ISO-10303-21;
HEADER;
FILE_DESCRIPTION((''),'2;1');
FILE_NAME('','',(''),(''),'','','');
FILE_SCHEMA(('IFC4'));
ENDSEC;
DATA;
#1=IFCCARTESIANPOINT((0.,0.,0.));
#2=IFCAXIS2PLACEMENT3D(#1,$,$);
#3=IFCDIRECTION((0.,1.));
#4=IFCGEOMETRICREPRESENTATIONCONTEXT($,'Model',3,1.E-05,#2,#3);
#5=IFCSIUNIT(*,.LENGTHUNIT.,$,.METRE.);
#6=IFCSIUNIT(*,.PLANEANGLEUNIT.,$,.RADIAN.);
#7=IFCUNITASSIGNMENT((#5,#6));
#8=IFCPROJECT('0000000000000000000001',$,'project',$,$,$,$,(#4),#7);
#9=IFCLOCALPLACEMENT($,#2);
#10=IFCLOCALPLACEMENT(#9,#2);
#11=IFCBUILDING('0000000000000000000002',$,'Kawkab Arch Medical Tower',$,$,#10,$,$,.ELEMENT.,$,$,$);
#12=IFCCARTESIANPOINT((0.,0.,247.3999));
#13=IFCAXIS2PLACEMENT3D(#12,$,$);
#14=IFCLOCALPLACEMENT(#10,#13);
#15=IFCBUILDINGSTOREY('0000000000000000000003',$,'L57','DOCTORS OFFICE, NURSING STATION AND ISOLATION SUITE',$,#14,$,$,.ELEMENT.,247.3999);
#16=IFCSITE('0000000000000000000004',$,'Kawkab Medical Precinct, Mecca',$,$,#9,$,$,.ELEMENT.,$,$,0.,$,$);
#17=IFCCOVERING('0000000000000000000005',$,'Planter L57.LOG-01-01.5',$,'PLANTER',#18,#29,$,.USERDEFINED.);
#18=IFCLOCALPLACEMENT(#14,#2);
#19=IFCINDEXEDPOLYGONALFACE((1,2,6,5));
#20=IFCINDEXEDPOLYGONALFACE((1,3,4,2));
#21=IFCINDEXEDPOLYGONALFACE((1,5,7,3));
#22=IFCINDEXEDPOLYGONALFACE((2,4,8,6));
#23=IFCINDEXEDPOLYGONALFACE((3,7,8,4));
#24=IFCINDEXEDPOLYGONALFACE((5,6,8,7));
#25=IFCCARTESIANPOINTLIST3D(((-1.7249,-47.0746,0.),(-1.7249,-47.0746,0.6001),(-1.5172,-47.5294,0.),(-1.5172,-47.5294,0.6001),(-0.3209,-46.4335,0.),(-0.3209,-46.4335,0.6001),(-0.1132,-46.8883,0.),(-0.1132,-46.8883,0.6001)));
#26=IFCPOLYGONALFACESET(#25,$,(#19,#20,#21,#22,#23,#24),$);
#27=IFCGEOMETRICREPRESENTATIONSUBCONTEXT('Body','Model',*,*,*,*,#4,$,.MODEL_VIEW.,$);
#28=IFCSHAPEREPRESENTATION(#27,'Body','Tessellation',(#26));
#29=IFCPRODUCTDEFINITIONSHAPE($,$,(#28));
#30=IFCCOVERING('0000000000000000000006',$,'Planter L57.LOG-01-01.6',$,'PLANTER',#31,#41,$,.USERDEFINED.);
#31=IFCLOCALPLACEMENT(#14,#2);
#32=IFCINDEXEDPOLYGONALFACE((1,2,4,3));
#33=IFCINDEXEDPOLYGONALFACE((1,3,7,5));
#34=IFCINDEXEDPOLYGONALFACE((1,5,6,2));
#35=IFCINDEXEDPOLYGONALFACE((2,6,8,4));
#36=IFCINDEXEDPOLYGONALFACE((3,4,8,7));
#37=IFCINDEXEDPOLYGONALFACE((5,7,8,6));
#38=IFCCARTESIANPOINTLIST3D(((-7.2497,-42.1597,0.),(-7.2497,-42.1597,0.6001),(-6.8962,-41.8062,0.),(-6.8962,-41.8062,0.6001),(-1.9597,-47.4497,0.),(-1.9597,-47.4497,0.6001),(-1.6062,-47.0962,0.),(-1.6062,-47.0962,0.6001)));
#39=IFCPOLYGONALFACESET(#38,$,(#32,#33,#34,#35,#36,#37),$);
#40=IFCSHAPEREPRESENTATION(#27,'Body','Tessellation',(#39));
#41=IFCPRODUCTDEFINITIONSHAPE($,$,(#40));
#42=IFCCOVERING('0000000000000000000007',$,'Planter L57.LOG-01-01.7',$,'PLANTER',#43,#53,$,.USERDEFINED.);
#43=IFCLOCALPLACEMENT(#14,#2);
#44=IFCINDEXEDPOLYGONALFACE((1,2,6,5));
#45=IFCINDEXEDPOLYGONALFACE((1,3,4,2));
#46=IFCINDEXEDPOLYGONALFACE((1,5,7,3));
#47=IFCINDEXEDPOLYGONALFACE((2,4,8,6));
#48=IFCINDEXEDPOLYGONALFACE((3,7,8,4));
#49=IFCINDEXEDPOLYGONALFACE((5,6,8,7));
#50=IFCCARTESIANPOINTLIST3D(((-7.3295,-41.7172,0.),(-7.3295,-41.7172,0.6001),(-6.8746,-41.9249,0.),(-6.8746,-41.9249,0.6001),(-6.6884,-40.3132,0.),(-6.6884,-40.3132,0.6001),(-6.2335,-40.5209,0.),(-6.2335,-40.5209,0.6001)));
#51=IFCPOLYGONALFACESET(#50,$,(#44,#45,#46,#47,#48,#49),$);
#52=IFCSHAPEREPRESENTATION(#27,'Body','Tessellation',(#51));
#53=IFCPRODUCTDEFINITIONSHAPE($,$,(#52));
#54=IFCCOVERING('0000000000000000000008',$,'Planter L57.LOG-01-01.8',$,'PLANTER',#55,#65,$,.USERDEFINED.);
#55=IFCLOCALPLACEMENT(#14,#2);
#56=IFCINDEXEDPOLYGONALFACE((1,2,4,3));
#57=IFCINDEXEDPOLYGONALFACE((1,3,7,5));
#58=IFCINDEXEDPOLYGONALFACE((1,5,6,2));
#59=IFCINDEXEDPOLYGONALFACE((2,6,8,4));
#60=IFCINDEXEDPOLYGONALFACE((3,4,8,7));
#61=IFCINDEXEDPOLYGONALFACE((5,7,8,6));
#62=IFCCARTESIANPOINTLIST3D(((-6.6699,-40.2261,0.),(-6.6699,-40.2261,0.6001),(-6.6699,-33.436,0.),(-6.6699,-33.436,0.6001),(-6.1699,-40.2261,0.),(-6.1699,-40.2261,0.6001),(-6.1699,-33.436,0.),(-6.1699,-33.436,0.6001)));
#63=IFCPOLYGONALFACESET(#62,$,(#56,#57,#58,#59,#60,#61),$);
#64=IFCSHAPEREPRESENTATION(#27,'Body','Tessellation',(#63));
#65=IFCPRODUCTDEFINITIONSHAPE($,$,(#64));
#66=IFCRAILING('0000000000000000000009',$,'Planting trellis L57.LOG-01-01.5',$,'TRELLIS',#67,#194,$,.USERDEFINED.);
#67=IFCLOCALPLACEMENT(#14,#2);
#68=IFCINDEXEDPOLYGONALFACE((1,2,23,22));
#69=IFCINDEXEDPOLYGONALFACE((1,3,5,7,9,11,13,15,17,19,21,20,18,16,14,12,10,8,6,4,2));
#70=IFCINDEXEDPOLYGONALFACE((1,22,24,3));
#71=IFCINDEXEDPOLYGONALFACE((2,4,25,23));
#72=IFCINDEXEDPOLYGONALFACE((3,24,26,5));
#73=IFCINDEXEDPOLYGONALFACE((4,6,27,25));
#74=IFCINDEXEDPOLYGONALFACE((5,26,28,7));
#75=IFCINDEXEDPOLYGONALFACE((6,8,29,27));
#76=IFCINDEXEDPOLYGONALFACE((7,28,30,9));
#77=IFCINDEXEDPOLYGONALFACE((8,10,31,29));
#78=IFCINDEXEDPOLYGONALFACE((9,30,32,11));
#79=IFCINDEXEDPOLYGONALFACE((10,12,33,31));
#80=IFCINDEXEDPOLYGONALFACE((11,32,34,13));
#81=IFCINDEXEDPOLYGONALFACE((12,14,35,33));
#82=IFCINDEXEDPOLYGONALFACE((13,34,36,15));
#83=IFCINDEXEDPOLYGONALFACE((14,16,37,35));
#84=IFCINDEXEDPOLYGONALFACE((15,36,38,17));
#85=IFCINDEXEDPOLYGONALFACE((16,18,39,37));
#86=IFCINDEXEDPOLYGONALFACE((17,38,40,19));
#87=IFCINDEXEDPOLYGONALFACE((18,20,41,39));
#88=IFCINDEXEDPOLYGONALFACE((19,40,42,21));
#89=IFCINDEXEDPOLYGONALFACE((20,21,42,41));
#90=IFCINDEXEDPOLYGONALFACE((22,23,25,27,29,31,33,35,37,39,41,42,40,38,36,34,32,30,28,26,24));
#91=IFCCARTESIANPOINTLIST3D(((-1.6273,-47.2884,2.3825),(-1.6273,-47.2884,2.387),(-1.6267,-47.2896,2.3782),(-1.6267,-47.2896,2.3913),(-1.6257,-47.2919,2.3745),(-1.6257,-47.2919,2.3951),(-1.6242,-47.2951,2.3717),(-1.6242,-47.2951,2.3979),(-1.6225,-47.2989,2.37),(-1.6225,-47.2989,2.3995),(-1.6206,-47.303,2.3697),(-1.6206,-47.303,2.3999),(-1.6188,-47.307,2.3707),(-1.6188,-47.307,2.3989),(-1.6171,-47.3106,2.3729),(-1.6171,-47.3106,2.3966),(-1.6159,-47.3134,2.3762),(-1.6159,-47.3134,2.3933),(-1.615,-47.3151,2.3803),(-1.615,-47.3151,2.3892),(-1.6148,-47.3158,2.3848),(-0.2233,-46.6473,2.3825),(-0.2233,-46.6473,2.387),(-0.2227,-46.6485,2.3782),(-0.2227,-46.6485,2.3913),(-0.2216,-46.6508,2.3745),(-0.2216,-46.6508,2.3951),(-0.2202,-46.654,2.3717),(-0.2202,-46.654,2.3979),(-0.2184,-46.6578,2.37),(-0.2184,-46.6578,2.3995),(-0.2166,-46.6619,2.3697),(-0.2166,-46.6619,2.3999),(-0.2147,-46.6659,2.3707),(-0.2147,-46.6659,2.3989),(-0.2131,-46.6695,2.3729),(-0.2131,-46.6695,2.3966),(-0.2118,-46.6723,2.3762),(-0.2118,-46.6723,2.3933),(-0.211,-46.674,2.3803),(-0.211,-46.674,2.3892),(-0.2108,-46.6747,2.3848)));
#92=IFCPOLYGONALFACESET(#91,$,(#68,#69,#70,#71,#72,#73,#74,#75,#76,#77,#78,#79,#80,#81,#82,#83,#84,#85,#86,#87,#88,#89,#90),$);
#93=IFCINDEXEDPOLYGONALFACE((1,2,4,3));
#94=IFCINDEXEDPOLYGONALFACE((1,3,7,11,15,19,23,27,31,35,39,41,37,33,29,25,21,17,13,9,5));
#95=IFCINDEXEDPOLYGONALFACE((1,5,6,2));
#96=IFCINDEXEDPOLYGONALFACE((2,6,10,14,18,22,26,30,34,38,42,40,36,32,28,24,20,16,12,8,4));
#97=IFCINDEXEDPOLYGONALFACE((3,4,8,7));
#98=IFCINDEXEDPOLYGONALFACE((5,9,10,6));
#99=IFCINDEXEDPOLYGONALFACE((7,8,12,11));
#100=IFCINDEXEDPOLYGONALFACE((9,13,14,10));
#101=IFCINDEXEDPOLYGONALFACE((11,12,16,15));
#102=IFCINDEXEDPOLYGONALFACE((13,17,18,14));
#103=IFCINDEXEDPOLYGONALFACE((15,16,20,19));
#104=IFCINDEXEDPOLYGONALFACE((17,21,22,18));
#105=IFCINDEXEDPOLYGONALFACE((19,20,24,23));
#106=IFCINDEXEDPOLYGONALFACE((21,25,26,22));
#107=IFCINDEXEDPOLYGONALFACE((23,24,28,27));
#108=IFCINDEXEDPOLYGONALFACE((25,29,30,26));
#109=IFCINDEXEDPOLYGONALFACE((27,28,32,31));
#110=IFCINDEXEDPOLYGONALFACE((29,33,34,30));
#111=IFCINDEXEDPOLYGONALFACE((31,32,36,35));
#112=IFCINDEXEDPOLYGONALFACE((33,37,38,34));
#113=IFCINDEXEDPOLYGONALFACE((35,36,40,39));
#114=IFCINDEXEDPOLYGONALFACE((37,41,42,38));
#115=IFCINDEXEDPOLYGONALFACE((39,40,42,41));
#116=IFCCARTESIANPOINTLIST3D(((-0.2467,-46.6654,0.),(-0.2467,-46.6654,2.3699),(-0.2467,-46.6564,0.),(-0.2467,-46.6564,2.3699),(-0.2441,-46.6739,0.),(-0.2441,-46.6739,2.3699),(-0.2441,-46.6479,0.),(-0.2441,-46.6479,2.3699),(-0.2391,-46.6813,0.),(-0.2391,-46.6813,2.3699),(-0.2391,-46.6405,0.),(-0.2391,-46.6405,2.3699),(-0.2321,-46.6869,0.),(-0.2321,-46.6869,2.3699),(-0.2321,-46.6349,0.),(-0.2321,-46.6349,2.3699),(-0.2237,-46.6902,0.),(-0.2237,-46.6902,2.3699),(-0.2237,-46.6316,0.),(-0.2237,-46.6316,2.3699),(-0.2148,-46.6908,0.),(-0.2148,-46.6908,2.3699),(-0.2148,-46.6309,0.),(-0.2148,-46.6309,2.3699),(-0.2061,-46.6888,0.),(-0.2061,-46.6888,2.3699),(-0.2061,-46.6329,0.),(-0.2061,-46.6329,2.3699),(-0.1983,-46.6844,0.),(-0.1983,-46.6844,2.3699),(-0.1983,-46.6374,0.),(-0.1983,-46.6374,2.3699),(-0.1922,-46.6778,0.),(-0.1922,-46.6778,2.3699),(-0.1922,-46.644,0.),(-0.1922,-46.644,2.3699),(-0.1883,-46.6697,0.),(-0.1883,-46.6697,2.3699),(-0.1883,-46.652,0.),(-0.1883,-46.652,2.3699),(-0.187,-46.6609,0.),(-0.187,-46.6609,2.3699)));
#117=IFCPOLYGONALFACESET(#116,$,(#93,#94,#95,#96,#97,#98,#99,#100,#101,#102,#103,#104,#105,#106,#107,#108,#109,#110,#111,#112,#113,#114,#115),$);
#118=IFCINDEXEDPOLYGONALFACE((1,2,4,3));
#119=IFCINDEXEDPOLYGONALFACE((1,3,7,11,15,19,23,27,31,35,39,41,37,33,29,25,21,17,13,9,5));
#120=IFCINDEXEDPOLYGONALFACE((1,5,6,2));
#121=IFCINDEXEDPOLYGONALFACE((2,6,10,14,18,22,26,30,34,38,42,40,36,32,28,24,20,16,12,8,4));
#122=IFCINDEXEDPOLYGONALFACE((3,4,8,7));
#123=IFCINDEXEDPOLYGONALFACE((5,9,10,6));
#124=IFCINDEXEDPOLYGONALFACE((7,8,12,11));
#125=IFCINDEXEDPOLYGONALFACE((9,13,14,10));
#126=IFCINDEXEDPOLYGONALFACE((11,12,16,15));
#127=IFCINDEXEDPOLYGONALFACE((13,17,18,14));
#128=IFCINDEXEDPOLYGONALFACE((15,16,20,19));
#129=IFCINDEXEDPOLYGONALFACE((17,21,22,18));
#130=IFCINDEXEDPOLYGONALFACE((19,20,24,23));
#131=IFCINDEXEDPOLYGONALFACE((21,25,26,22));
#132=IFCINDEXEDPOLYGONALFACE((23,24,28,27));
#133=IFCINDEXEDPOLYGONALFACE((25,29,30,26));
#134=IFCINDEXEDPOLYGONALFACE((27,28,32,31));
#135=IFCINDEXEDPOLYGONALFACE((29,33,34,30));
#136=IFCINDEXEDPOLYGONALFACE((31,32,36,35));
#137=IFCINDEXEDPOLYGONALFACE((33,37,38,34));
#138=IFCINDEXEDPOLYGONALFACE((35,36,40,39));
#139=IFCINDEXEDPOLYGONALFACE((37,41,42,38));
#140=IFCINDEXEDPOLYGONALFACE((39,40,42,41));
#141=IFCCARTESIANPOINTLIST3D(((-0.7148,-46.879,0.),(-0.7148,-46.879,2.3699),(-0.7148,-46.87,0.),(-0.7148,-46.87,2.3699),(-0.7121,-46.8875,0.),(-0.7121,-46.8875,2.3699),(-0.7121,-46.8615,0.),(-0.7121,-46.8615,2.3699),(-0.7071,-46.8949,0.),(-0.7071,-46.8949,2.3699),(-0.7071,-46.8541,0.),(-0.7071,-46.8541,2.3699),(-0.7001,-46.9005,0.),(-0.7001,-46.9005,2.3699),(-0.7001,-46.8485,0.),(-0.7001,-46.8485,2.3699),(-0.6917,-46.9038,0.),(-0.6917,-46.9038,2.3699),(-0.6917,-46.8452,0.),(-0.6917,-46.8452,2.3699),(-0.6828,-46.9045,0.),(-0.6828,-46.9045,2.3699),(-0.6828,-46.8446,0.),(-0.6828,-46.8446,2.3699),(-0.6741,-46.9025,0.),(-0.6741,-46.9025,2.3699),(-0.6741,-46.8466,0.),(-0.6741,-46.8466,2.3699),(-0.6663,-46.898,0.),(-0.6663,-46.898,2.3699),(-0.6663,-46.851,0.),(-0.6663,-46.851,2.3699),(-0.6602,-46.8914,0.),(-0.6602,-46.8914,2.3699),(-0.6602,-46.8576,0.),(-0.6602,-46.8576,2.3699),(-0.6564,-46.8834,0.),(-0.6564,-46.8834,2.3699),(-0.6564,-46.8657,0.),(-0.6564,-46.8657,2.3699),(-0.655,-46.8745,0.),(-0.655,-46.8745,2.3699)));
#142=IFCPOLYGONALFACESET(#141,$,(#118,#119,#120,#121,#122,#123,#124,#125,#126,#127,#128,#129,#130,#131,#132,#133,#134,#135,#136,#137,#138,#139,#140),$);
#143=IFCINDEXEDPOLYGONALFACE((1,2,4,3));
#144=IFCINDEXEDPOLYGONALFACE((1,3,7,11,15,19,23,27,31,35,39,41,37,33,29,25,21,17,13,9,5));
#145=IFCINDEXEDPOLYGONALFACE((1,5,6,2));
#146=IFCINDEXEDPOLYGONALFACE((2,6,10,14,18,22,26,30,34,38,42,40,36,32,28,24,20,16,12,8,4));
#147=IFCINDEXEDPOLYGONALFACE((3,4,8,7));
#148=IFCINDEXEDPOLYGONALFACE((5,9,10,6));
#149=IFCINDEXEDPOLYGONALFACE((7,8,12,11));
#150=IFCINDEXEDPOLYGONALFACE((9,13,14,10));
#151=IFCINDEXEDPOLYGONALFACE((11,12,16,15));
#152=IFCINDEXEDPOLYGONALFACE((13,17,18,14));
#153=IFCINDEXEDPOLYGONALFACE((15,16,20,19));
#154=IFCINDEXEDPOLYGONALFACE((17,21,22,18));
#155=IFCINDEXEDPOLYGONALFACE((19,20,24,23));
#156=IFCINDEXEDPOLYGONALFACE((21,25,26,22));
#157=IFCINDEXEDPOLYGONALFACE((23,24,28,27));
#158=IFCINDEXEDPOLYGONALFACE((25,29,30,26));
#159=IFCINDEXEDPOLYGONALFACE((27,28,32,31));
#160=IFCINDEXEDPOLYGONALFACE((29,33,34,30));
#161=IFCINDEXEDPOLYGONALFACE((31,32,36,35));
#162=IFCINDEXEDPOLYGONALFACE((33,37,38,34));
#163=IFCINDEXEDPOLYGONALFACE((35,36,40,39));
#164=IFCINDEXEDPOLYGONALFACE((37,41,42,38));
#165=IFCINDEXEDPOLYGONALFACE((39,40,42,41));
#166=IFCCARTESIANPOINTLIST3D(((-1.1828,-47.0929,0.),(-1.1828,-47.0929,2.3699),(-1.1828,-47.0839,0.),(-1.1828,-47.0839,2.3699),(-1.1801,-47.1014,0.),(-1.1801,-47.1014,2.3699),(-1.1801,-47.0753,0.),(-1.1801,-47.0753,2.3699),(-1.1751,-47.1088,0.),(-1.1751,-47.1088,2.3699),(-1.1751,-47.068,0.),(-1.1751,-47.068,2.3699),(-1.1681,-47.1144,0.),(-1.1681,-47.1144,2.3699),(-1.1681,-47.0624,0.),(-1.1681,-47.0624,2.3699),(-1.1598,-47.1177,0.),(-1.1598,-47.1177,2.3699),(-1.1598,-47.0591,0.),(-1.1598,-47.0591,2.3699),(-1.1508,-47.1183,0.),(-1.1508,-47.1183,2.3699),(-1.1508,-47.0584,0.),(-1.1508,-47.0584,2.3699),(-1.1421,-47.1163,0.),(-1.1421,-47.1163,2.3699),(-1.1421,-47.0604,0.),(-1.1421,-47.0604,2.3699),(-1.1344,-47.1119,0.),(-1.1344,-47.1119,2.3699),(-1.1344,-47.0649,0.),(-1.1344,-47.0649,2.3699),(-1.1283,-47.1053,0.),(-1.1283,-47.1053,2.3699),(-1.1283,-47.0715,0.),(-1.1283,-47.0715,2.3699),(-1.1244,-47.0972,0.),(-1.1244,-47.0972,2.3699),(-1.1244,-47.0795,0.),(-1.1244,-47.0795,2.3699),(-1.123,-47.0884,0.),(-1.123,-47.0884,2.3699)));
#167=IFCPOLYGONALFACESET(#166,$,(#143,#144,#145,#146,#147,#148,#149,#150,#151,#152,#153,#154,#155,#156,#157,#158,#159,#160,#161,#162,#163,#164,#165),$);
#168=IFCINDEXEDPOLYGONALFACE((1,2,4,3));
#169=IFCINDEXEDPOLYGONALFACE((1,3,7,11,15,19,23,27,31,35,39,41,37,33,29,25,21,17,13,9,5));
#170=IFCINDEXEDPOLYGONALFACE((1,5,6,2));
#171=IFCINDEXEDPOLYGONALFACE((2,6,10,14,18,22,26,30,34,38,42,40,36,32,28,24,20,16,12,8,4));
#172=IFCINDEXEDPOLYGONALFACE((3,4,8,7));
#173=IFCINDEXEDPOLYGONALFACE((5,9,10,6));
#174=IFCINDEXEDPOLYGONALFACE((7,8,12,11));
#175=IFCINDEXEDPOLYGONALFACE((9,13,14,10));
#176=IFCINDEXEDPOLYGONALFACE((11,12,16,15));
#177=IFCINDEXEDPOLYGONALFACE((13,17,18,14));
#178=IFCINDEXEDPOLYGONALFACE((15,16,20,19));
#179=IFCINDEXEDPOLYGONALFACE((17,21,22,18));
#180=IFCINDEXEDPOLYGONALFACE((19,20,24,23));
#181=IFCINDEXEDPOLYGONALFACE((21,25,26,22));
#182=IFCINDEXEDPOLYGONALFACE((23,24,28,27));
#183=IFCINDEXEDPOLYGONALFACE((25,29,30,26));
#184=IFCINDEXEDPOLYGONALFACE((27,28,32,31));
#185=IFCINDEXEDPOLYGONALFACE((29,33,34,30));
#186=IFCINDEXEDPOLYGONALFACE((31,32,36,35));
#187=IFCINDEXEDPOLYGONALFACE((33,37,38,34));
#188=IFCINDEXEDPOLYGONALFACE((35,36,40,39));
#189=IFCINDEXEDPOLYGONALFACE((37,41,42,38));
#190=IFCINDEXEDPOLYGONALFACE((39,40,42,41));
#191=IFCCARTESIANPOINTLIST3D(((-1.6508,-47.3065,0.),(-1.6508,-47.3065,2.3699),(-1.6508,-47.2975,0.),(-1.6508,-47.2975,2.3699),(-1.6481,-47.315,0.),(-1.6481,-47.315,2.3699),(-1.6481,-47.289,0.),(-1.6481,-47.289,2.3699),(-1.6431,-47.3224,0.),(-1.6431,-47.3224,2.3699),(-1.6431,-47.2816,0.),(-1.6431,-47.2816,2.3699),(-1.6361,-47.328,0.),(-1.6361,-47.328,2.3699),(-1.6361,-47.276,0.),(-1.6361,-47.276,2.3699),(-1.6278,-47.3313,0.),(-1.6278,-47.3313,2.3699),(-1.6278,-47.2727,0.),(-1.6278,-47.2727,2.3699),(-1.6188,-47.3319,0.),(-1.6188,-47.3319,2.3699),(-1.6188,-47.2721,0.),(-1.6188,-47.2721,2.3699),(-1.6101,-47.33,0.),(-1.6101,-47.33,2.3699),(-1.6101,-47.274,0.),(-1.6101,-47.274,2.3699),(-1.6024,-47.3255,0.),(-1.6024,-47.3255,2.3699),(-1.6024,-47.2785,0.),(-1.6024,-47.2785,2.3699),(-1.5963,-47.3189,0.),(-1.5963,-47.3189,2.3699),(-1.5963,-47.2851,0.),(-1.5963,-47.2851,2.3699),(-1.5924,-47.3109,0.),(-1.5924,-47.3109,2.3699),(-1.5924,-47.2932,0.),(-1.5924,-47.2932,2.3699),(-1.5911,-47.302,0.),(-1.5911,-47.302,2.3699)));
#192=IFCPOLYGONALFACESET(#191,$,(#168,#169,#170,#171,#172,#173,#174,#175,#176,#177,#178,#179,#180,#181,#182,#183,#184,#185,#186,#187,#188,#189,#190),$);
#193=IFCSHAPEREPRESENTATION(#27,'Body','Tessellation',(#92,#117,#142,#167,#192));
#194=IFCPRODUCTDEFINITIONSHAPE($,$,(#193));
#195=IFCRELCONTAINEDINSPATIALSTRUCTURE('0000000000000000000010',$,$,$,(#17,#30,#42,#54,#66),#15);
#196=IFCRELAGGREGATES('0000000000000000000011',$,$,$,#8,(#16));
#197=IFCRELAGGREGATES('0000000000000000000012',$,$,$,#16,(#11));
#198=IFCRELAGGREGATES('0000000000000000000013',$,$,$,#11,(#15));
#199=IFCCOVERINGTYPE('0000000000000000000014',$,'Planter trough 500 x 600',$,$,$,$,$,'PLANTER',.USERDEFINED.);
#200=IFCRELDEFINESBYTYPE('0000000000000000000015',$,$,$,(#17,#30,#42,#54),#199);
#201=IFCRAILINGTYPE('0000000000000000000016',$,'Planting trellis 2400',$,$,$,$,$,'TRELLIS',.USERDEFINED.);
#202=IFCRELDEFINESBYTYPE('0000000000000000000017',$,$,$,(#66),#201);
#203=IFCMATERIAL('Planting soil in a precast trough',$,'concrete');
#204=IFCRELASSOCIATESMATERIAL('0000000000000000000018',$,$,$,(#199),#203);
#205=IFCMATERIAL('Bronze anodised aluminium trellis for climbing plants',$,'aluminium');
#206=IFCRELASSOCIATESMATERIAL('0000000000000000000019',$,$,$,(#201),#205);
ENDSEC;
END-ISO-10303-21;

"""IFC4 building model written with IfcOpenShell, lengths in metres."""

from ifc_helpers import new_model, si_unit, direction, frame, origin, origin_2d, place, context, subcontext, project, spatial, rectangle, circle, extrude, material, material_profile, profile_set, type_object, element, save


model = new_model("IFC4")

# Units and contexts
model_context = context("Model", 3, precision=1e-05, world=origin(), true_north=direction((0.0, 1.0)))
body_context = subcontext(model_context, "Body", "Model", "MODEL_VIEW")
ifc_project = project(units=[si_unit("LENGTHUNIT", "METRE"), si_unit("PLANEANGLEUNIT", "RADIAN")], contexts=[model_context])

# Site, building, storey
site_placement = place(None, origin())
site = spatial("IfcSite", under=ifc_project, at=site_placement, Name="Kawkab Medical Precinct, Mecca", CompositionType="ELEMENT", RefElevation=0.0)
building_placement = place(site_placement, origin())
building = spatial("IfcBuilding", under=site, at=building_placement, Name="Kawkab Arch Medical Tower", CompositionType="ELEMENT")
storey_placement = place(building_placement, frame((0.0, 0.0, 247.3999)))
storey = spatial("IfcBuildingStorey", under=building, at=storey_placement, Name="L57", Description="DOCTORS OFFICE, NURSING STATION AND ISOLATION SUITE", CompositionType="ELEMENT", Elevation=247.3999)

# Coverings
ifc_material_1 = material(Name="Planting soil in a precast trough", Category="concrete")
ifc_material_profile_1 = material_profile(ifc_material_1, rectangle(XDim=0.5, YDim=0.6001, at=origin_2d()), Name="Trough 500x600")
ifc_profile_set_1 = profile_set([ifc_material_profile_1], Name="Planting soil in a precast trough")
covering_type_1 = type_object("IfcCoveringType", Name="Planter trough 500 x 600", ElementType="PLANTER", PredefinedType="USERDEFINED", material=ifc_profile_set_1)
covering_1_placement = place(storey_placement, frame((-0.217, -46.6609, 0.3), z_axis=(-0.909656, -0.415363, 0.0), x_axis=(0.415363, -0.909656, 0.0)))
element("IfcCovering", 1, at=covering_1_placement, inside=storey, type_object=covering_type_1, Name="Planter L57.LOG-01-01.5", ObjectType="PLANTER", PredefinedType="USERDEFINED", context=body_context, shape_type="SweptSolid", body=[
    extrude(rectangle(XDim=0.5, YDim=0.6001, at=origin_2d()), origin(), (0.0, 0.0, 1.0), 1.5435),
])
covering_2_placement = place(storey_placement, frame((-1.783, -47.2729, 0.3), z_axis=(-0.707107, 0.707107, 0.0), x_axis=(-0.707107, -0.707107, 0.0)))
element("IfcCovering", 2, at=covering_2_placement, inside=storey, type_object=covering_type_1, Name="Planter L57.LOG-01-01.6", ObjectType="PLANTER", PredefinedType="USERDEFINED", context=body_context, shape_type="SweptSolid", body=[
    extrude(rectangle(XDim=0.5, YDim=0.6001, at=origin_2d()), origin(), (0.0, 0.0, 1.0), 7.4812),
])
covering_3_placement = place(storey_placement, frame((-7.1021, -41.821, 0.3), z_axis=(0.415363, 0.909656, 0.0), x_axis=(-0.909656, 0.415363, 0.0)))
element("IfcCovering", 3, at=covering_3_placement, inside=storey, type_object=covering_type_1, Name="Planter L57.LOG-01-01.7", ObjectType="PLANTER", PredefinedType="USERDEFINED", context=body_context, shape_type="SweptSolid", body=[
    extrude(rectangle(XDim=0.5, YDim=0.6001, at=origin_2d()), origin(), (0.0, 0.0, 1.0), 1.5435),
])
covering_4_placement = place(storey_placement, frame((-6.4199, -40.2261, 0.3), z_axis=(0.0, 1.0, 0.0), x_axis=(-1.0, 0.0, 0.0)))
element("IfcCovering", 4, at=covering_4_placement, inside=storey, type_object=covering_type_1, Name="Planter L57.LOG-01-01.8", ObjectType="PLANTER", PredefinedType="USERDEFINED", context=body_context, shape_type="SweptSolid", body=[
    extrude(rectangle(XDim=0.5, YDim=0.6001, at=origin_2d()), origin(), (0.0, 0.0, 1.0), 6.79),
])

# Railing
ifc_material_2 = material(Name="Bronze anodised aluminium trellis for climbing plants", Category="aluminium")
railing_type_1 = type_object("IfcRailingType", Name="Planting trellis 2400", ElementType="TRELLIS", PredefinedType="USERDEFINED", material=ifc_material_2)
railing_1_placement = place(storey_placement, frame((-0.217, -46.6609, 0.0)))
element("IfcRailing", 5, at=railing_1_placement, inside=storey, type_object=railing_type_1, Name="Planting trellis L57.LOG-01-01.5", ObjectType="TRELLIS", PredefinedType="USERDEFINED", context=body_context, shape_type="SweptSolid", body=[
    extrude(circle(Radius=0.0151, at=origin_2d()), frame((0.0, 0.0, 2.3848), z_axis=(-0.909656, -0.415363, 0.0), x_axis=(0.415363, -0.909656, 0.0)), (0.0, 0.0, 1.0), 1.5435),
    extrude(circle(Radius=0.03, at=origin_2d()), origin(), (0.0, 0.0, 1.0), 2.3699),
    extrude(circle(Radius=0.03, at=origin_2d()), frame((-0.468, -0.2136, 0.0)), (0.0, 0.0, 1.0), 2.3699),
    extrude(circle(Radius=0.03, at=origin_2d()), frame((-0.936, -0.4275, 0.0)), (0.0, 0.0, 1.0), 2.3699),
    extrude(circle(Radius=0.03, at=origin_2d()), frame((-1.4041, -0.6411, 0.0)), (0.0, 0.0, 1.0), 2.3699),
])

save(model, "model.ifc")
